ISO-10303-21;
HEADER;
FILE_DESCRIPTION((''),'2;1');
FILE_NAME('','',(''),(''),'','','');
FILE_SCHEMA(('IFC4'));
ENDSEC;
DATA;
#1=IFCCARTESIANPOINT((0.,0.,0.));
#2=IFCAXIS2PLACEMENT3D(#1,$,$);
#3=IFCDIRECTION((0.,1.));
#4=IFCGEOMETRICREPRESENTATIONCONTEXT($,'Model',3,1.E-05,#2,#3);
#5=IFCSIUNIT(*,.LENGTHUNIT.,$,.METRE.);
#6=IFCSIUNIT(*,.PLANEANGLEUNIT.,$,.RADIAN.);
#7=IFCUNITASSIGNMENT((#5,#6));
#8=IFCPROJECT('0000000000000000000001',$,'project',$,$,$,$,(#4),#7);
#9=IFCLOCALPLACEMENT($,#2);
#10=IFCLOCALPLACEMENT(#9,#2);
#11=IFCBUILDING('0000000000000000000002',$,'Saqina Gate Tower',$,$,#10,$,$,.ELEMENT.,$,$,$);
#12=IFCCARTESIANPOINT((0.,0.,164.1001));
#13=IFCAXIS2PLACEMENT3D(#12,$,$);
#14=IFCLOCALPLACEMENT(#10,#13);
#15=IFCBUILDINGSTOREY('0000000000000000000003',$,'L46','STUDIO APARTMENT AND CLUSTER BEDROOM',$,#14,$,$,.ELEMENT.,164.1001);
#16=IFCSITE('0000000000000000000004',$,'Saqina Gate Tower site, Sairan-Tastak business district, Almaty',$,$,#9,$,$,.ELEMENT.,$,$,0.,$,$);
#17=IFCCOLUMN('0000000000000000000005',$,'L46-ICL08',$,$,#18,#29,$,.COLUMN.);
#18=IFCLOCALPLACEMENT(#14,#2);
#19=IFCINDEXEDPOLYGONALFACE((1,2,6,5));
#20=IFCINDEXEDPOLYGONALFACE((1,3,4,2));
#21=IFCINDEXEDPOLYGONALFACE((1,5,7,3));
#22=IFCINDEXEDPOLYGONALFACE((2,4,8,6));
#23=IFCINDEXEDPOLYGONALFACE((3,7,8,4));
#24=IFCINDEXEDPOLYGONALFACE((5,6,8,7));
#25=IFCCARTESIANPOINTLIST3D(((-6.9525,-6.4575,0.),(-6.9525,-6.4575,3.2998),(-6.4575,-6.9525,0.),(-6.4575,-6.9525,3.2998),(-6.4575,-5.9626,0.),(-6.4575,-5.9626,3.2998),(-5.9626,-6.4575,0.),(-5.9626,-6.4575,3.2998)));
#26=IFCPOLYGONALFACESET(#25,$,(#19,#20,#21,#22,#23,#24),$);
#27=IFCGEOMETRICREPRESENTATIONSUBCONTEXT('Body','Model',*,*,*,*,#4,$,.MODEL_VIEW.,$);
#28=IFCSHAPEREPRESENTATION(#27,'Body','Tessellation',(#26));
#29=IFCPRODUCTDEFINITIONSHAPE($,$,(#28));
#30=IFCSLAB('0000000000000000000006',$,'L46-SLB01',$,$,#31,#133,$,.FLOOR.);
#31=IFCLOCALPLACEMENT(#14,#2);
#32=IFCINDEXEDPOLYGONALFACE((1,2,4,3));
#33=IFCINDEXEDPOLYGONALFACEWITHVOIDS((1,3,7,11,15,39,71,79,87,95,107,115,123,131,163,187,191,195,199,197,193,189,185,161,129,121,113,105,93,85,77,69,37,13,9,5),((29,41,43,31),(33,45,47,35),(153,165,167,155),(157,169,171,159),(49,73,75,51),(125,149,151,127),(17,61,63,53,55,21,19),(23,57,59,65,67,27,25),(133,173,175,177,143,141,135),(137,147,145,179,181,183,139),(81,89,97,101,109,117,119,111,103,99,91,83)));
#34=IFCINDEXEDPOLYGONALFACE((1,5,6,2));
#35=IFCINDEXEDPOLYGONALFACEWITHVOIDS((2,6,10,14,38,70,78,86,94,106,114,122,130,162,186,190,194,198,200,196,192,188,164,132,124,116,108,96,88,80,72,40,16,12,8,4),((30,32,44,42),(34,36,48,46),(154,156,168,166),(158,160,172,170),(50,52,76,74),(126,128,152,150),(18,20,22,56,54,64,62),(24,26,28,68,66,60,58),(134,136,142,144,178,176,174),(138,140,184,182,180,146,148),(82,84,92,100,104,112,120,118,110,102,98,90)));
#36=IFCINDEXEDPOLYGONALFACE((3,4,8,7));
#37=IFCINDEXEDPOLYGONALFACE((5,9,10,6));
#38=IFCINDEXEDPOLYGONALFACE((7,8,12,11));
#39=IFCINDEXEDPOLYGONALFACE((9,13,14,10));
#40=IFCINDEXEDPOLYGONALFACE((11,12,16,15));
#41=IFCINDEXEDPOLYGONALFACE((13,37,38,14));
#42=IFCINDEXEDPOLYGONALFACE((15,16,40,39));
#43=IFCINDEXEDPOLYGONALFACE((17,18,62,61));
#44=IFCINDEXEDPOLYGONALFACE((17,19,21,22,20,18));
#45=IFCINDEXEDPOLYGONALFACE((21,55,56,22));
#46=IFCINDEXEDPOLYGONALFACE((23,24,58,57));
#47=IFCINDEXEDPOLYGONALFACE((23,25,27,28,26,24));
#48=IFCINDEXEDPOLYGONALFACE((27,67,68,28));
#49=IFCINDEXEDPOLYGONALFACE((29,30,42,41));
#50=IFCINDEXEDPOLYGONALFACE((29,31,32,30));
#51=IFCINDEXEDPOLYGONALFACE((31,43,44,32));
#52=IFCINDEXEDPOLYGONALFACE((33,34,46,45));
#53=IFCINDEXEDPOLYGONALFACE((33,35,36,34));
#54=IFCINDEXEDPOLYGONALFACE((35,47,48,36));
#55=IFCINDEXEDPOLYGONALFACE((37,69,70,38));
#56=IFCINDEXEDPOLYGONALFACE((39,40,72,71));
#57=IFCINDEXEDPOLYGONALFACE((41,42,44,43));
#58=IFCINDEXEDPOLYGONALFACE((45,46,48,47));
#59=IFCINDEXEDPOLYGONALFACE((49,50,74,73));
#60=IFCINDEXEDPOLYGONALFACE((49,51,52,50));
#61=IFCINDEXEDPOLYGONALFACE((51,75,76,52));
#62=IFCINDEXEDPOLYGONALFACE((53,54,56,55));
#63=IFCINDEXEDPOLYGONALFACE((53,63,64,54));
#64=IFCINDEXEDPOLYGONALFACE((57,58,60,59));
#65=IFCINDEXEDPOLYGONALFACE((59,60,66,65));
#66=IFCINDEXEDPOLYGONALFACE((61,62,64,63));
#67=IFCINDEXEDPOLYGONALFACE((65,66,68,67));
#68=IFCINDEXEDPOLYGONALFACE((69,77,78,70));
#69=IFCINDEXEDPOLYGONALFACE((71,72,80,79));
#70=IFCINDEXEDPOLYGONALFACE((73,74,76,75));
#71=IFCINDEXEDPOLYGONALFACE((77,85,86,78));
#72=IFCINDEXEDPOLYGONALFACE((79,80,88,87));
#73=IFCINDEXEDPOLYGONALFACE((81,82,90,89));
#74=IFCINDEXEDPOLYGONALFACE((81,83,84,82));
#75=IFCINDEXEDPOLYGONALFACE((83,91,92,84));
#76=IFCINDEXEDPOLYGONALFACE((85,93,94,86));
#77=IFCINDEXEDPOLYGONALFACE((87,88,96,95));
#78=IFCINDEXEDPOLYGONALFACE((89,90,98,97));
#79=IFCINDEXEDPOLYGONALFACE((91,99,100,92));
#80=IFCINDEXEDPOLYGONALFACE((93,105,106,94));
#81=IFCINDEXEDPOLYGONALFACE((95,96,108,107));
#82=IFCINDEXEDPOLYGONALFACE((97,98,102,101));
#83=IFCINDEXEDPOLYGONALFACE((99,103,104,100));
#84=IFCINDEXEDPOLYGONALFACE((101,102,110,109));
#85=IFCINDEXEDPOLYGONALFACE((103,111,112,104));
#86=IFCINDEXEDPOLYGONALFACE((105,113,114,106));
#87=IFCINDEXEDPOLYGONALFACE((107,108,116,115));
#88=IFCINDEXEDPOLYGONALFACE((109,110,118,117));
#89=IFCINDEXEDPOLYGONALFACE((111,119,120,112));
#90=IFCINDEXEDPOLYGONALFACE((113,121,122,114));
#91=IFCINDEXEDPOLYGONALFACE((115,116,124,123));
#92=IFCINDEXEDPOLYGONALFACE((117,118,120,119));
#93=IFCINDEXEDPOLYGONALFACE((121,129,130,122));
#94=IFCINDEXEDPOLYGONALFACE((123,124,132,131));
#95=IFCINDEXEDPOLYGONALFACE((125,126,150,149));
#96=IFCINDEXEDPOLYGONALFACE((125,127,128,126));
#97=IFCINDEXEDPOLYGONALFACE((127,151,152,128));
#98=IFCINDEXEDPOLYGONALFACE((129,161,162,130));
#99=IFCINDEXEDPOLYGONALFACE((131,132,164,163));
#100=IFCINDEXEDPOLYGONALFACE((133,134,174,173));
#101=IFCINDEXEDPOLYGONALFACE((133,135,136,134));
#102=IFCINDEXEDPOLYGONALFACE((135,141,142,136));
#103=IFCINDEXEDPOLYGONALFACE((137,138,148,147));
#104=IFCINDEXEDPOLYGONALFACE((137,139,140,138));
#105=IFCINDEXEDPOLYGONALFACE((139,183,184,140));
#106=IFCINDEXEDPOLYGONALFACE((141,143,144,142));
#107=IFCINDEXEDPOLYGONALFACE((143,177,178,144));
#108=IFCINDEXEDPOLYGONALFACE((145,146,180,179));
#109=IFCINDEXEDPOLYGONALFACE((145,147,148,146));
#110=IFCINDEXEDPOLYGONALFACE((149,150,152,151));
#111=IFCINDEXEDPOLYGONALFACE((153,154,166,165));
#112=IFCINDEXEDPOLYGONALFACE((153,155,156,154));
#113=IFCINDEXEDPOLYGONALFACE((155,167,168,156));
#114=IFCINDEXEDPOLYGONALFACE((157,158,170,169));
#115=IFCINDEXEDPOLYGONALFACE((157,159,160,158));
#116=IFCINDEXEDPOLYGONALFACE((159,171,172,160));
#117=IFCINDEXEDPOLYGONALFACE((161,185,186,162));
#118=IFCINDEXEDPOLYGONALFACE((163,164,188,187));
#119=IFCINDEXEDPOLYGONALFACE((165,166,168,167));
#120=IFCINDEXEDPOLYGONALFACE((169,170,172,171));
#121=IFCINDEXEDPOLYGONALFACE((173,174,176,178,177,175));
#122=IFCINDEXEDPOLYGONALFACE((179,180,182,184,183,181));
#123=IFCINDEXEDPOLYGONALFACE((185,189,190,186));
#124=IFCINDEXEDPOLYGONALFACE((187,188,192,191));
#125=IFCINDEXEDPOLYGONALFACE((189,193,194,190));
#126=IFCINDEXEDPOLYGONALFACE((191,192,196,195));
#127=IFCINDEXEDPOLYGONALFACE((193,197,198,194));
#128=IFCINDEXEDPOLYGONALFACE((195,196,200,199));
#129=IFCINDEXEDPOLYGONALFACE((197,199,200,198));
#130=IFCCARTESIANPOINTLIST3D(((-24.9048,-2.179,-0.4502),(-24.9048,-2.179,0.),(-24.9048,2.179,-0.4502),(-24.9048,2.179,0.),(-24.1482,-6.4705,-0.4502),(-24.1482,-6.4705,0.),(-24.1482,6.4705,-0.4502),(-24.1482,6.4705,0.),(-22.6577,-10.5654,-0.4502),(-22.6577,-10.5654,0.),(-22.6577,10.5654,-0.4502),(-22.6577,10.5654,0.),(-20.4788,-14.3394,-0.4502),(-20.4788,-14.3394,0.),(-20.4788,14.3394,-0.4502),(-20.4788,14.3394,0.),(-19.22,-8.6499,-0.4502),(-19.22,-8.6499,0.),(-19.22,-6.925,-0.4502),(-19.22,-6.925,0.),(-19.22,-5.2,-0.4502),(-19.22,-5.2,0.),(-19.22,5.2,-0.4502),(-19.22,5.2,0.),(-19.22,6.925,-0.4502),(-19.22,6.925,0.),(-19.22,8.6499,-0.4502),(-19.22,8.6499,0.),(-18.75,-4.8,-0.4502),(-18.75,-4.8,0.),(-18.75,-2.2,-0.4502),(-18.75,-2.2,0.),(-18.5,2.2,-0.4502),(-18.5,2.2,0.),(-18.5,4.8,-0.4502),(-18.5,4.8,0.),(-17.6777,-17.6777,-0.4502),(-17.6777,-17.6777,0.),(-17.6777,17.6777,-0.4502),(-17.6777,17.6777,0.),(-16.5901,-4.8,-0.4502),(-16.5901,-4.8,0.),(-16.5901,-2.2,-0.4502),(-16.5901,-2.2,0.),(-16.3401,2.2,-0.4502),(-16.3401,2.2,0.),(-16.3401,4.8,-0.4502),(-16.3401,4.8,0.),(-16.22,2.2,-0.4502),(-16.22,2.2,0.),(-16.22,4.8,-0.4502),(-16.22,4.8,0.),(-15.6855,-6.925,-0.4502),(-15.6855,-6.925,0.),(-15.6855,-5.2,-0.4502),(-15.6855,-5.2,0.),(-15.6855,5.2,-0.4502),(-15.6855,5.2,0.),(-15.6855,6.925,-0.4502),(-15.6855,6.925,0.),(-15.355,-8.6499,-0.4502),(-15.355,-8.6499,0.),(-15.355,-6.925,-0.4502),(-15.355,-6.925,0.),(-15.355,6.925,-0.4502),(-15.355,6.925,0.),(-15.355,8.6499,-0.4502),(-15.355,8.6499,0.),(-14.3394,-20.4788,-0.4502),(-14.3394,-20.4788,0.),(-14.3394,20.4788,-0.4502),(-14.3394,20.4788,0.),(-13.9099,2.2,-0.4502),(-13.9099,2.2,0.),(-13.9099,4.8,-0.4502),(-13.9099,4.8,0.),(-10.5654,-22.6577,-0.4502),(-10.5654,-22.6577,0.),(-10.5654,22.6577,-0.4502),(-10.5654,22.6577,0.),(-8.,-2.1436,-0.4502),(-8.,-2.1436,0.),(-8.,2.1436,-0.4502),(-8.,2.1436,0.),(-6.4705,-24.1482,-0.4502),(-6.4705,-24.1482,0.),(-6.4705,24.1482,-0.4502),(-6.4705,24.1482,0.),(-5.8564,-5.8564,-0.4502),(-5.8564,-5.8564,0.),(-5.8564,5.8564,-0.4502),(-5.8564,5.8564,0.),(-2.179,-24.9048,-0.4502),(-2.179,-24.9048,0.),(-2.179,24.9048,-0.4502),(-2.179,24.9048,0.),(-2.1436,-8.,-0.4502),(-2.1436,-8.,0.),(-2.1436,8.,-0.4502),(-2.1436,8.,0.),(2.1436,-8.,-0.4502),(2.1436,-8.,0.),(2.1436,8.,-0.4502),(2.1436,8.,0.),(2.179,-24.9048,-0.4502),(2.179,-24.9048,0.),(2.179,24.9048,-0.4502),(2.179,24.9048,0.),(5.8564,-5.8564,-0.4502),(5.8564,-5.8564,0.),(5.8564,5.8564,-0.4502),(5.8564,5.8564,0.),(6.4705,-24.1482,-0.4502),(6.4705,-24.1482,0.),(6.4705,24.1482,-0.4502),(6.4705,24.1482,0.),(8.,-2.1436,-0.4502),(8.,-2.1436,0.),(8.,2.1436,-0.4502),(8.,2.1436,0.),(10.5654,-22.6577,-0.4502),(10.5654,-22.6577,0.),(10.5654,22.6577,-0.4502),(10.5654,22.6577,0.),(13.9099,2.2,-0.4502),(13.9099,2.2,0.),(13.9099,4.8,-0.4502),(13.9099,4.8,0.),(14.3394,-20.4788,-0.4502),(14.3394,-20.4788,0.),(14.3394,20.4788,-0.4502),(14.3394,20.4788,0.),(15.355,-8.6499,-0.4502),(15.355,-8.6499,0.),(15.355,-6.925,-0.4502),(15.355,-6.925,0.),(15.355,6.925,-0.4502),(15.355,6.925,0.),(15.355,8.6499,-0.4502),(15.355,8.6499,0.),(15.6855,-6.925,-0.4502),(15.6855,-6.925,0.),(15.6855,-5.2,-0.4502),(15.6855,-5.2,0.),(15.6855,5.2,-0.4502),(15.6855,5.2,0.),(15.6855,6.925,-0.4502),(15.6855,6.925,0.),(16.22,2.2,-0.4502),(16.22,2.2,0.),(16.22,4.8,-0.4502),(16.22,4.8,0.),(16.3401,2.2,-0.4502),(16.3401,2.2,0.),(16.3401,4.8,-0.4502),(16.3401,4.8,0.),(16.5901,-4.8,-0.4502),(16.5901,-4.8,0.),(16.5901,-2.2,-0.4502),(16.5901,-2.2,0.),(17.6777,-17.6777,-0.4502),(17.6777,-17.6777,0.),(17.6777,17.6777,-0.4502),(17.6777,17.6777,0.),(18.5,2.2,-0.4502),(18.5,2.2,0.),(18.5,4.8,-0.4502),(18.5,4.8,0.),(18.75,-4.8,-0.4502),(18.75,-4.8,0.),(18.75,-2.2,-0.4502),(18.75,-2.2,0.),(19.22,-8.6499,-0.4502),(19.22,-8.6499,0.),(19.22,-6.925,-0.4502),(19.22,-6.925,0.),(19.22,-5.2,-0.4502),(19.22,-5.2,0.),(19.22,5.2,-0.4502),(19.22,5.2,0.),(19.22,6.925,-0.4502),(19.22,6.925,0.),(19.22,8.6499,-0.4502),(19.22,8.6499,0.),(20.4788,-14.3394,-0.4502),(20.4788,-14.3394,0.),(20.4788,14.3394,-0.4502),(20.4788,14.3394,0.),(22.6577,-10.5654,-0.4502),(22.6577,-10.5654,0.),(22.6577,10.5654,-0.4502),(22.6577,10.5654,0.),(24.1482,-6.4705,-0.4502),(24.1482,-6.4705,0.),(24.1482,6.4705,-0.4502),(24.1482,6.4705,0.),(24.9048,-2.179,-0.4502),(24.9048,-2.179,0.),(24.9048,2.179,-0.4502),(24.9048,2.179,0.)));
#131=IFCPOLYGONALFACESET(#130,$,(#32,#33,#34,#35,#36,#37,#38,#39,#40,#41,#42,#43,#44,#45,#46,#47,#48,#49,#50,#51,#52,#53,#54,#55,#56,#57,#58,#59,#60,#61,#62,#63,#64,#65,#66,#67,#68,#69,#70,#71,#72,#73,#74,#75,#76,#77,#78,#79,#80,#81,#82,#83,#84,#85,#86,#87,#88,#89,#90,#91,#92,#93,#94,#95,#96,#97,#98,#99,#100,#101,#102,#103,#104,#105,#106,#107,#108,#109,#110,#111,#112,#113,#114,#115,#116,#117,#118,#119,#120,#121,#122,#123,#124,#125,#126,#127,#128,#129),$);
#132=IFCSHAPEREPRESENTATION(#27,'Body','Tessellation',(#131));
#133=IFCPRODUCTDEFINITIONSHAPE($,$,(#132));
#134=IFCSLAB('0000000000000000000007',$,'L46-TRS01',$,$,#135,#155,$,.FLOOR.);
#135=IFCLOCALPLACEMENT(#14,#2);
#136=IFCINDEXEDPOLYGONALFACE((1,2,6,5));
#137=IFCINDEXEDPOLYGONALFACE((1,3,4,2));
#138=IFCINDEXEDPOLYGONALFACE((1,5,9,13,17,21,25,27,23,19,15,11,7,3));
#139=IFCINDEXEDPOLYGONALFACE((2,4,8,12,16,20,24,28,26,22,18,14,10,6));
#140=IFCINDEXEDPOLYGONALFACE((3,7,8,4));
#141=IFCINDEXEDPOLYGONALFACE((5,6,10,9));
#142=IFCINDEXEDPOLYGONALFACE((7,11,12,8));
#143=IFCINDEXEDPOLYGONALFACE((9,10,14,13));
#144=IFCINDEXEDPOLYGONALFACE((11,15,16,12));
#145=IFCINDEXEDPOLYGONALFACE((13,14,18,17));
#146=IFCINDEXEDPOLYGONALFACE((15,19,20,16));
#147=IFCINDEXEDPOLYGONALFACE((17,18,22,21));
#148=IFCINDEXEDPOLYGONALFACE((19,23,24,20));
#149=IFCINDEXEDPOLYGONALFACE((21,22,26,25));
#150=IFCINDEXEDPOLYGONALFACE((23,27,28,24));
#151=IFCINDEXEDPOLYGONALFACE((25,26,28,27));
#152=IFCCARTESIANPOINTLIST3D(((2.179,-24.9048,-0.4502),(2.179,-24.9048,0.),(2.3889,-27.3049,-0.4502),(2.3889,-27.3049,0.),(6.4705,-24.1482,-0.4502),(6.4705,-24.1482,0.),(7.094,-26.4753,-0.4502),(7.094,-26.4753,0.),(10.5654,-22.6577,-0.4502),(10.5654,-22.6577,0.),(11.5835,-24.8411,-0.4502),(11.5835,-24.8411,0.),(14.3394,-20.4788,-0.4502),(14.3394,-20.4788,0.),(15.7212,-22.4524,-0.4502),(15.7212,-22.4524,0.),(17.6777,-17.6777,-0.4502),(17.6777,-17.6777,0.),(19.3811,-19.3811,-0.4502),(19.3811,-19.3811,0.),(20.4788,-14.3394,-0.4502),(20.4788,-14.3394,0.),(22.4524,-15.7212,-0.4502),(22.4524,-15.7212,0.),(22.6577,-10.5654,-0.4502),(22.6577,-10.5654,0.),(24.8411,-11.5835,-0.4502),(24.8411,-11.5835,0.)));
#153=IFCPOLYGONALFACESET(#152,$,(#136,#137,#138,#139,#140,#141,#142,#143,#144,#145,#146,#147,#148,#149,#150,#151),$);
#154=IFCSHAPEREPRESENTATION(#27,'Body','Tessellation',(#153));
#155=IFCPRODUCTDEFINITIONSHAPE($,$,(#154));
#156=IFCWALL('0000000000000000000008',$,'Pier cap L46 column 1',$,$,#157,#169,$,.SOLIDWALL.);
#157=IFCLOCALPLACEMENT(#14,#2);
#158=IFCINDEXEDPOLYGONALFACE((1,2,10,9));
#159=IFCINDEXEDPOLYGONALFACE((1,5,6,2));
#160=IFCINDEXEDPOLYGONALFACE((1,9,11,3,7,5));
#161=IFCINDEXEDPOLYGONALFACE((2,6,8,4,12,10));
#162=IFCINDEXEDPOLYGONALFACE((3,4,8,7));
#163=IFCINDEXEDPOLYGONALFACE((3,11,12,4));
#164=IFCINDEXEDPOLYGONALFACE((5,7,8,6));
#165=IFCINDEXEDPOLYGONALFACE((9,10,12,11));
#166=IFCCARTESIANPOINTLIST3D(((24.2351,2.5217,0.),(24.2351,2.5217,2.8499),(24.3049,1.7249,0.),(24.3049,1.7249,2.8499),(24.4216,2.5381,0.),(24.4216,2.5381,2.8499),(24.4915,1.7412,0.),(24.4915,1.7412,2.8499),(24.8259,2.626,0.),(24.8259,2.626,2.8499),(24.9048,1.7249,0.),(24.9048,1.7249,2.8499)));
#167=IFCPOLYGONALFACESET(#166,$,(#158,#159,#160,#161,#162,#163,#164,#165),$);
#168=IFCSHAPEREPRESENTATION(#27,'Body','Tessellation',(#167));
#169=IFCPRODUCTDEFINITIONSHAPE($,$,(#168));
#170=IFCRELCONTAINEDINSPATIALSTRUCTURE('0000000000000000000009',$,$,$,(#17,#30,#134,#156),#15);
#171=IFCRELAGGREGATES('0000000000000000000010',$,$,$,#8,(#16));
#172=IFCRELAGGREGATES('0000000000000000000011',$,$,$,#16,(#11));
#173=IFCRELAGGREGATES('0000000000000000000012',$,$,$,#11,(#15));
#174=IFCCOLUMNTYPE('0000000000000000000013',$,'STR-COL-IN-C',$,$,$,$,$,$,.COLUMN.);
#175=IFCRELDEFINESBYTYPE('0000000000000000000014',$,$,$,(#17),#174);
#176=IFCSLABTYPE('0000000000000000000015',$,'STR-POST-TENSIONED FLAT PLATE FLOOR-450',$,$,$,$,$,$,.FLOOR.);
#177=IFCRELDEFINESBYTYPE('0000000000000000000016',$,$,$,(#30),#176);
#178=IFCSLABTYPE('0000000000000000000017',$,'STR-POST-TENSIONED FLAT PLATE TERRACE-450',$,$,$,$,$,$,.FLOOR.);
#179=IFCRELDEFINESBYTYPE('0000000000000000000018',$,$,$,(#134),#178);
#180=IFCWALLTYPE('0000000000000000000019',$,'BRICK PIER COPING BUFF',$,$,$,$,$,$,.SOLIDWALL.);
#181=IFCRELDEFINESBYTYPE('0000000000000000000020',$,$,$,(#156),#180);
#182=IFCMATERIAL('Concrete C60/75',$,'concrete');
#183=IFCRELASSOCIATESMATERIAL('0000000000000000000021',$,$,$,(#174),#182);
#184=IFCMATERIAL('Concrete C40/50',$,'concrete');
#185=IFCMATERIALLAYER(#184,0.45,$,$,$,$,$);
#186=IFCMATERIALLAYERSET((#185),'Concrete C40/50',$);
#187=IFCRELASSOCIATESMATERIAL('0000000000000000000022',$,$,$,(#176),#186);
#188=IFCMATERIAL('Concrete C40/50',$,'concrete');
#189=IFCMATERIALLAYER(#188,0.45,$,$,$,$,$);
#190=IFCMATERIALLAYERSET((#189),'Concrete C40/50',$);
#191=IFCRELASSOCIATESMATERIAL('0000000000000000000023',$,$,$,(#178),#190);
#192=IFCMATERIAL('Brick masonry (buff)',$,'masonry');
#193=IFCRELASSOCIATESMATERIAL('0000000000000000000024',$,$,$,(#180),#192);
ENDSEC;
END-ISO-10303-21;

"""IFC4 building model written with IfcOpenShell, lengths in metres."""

from ifc_helpers import new_model, si_unit, direction, frame, origin, origin_2d, place, context, subcontext, project, spatial, polyline, rectangle, outline, extrude, material, layer, layer_set, material_profile, profile_set, type_object, element, save


model = new_model("IFC4")

# Units and contexts
model_context = context("Model", 3, precision=1e-05, world=origin(), true_north=direction((0.0, 1.0)))
body_context = subcontext(model_context, "Body", "Model", "MODEL_VIEW")
ifc_project = project(units=[si_unit("LENGTHUNIT", "METRE"), si_unit("PLANEANGLEUNIT", "RADIAN")], contexts=[model_context])

# Site, building, storey
site_placement = place(None, origin())
site = spatial("IfcSite", under=ifc_project, at=site_placement, Name="Saqina Gate Tower site, Sairan-Tastak business district, Almaty", CompositionType="ELEMENT", RefElevation=0.0)
building_placement = place(site_placement, origin())
building = spatial("IfcBuilding", under=site, at=building_placement, Name="Saqina Gate Tower", CompositionType="ELEMENT")
storey_placement = place(building_placement, frame((0.0, 0.0, 164.1001)))
storey = spatial("IfcBuildingStorey", under=building, at=storey_placement, Name="L46", Description="STUDIO APARTMENT AND CLUSTER BEDROOM", CompositionType="ELEMENT", Elevation=164.1001)

# Column
ifc_material_1 = material(Name="Concrete C60/75", Category="concrete")
ifc_material_profile = material_profile(ifc_material_1, rectangle(XDim=0.7, YDim=0.7, at=origin_2d()), Name="RC 700x700")
ifc_profile_set = profile_set([ifc_material_profile], Name="Concrete C60/75")
column_type = type_object("IfcColumnType", Name="STR-COL-IN-C", PredefinedType="COLUMN", material=ifc_profile_set)
column_placement = place(storey_placement, frame((-6.4575, -6.4575, 0.0), z_axis=(0.0, 0.0, 1.0), x_axis=(-0.707107, -0.707107, 0.0)))
element("IfcColumn", 1, at=column_placement, inside=storey, type_object=column_type, Name="L46-ICL08", PredefinedType="COLUMN", context=body_context, shape_type="SweptSolid", body=[
    extrude(rectangle(XDim=0.7, YDim=0.7, at=origin_2d()), origin(), (0.0, 0.0, 1.0), 3.2998),
])

# Slabs
ifc_material_2 = material(Name="Concrete C40/50", Category="concrete")
ifc_layer_1 = layer(ifc_material_2, 0.45)
ifc_layer_set_1 = layer_set([ifc_layer_1], Name="Concrete C40/50")
slab_type_1 = type_object("IfcSlabType", Name="STR-POST-TENSIONED FLAT PLATE FLOOR-450", PredefinedType="FLOOR", material=ifc_layer_set_1)
slab_1_placement = place(storey_placement, frame((0.0, 0.0, -0.4502)))
element("IfcSlab", 2, at=slab_1_placement, inside=storey, type_object=slab_type_1, Name="L46-SLB01", PredefinedType="FLOOR", context=body_context, shape_type="SweptSolid", body=[
    extrude(outline(polyline([(24.1482, -6.4705), (24.9048, -2.179), (24.9048, 2.179), (24.1482, 6.4705), (22.6577, 10.5654), (20.4788, 14.3394), (17.6777, 17.6777), (14.3394, 20.4788), (10.5654, 22.6577), (6.4705, 24.1482), (2.179, 24.9048), (-2.179, 24.9048), (-6.4705, 24.1482), (-10.5654, 22.6577), (-14.3394, 20.4788), (-17.6777, 17.6777), (-20.4788, 14.3394), (-22.6577, 10.5654), (-24.1482, 6.4705), (-24.9048, 2.179), (-24.9048, -2.179), (-24.1482, -6.4705), (-22.6577, -10.5654), (-20.4788, -14.3394), (-17.6777, -17.6777), (-14.3394, -20.4788), (-10.5654, -22.6577), (-6.4705, -24.1482), (-2.179, -24.9048), (2.179, -24.9048), (6.4705, -24.1482), (10.5654, -22.6577), (14.3394, -20.4788), (17.6777, -17.6777), (20.4788, -14.3394), (22.6577, -10.5654), (24.1482, -6.4705)]), holes=[polyline([(2.1436, 8.0), (5.8564, 5.8564), (8.0, 2.1436), (8.0, -2.1436), (5.8564, -5.8564), (2.1436, -8.0), (-2.1436, -8.0), (-5.8564, -5.8564), (-8.0, -2.1436), (-8.0, 2.1436), (-5.8564, 5.8564), (-2.1436, 8.0), (2.1436, 8.0)]), polyline([(-15.355, -8.6499), (-19.22, -8.6499), (-19.22, -6.925), (-19.22, -5.2), (-15.6855, -5.2), (-15.6855, -6.925), (-15.355, -6.925), (-15.355, -8.6499)]), polyline([(-16.5901, -2.2), (-16.5901, -4.8), (-18.75, -4.8), (-18.75, -2.2), (-16.5901, -2.2)]), polyline([(-16.3401, 4.8), (-16.3401, 2.2), (-18.5, 2.2), (-18.5, 4.8), (-16.3401, 4.8)]), polyline([(-13.9099, 4.8), (-13.9099, 2.2), (-16.22, 2.2), (-16.22, 4.8), (-13.9099, 4.8)]), polyline([(-19.22, 6.925), (-19.22, 8.6499), (-15.355, 8.6499), (-15.355, 6.925), (-15.6855, 6.925), (-15.6855, 5.2), (-19.22, 5.2), (-19.22, 6.925)]), polyline([(15.355, -8.6499), (15.355, -6.925), (15.6855, -6.925), (15.6855, -5.2), (19.22, -5.2), (19.22, -6.925), (19.22, -8.6499), (15.355, -8.6499)]), polyline([(18.75, -2.2), (18.75, -4.8), (16.5901, -4.8), (16.5901, -2.2), (18.75, -2.2)]), polyline([(16.22, 4.8), (16.22, 2.2), (13.9099, 2.2), (13.9099, 4.8), (16.22, 4.8)]), polyline([(18.5, 4.8), (18.5, 2.2), (16.3401, 2.2), (16.3401, 4.8), (18.5, 4.8)]), polyline([(15.6855, 6.925), (15.355, 6.925), (15.355, 8.6499), (19.22, 8.6499), (19.22, 6.925), (19.22, 5.2), (15.6855, 5.2), (15.6855, 6.925)])]), origin(), (0.0, 0.0, 1.0), 0.4502),
])
ifc_material_3 = material(Name="Concrete C40/50", Category="concrete")
ifc_layer_2 = layer(ifc_material_3, 0.45)
ifc_layer_set_2 = layer_set([ifc_layer_2], Name="Concrete C40/50")
slab_type_2 = type_object("IfcSlabType", Name="STR-POST-TENSIONED FLAT PLATE TERRACE-450", PredefinedType="FLOOR", material=ifc_layer_set_2)
slab_2_placement = place(storey_placement, frame((0.0, 0.0, -0.4502)))
element("IfcSlab", 3, at=slab_2_placement, inside=storey, type_object=slab_type_2, Name="L46-TRS01", PredefinedType="FLOOR", context=body_context, shape_type="SweptSolid", body=[
    extrude(outline(polyline([(2.179, -24.9048), (6.4705, -24.1482), (10.5654, -22.6577), (14.3394, -20.4788), (17.6777, -17.6777), (20.4788, -14.3394), (22.6577, -10.5654), (24.8411, -11.5835), (22.4524, -15.7212), (19.3811, -19.3811), (15.7212, -22.4524), (11.5835, -24.8411), (7.094, -26.4753), (2.3889, -27.3049), (2.179, -24.9048)])), origin(), (0.0, 0.0, 1.0), 0.4502),
])

# Wall
ifc_material_4 = material(Name="Brick masonry (buff)", Category="masonry")
wall_type_1 = type_object("IfcWallType", Name="BRICK PIER COPING BUFF", PredefinedType="SOLIDWALL", material=ifc_material_4)
wall_1_placement = place(storey_placement, origin())
element("IfcWall", 4, at=wall_1_placement, inside=storey, type_object=wall_type_1, Name="Pier cap L46 column 1", PredefinedType="SOLIDWALL", context=body_context, shape_type="SweptSolid", body=[
    extrude(outline(polyline([(24.9048, 1.7249), (24.8259, 2.626), (24.2351, 2.5217), (24.4216, 2.5381), (24.4915, 1.7412), (24.3049, 1.7249), (24.9048, 1.7249)])), origin(), (0.0, 0.0, 1.0), 2.8499),
])

save(model, "model.ifc")
